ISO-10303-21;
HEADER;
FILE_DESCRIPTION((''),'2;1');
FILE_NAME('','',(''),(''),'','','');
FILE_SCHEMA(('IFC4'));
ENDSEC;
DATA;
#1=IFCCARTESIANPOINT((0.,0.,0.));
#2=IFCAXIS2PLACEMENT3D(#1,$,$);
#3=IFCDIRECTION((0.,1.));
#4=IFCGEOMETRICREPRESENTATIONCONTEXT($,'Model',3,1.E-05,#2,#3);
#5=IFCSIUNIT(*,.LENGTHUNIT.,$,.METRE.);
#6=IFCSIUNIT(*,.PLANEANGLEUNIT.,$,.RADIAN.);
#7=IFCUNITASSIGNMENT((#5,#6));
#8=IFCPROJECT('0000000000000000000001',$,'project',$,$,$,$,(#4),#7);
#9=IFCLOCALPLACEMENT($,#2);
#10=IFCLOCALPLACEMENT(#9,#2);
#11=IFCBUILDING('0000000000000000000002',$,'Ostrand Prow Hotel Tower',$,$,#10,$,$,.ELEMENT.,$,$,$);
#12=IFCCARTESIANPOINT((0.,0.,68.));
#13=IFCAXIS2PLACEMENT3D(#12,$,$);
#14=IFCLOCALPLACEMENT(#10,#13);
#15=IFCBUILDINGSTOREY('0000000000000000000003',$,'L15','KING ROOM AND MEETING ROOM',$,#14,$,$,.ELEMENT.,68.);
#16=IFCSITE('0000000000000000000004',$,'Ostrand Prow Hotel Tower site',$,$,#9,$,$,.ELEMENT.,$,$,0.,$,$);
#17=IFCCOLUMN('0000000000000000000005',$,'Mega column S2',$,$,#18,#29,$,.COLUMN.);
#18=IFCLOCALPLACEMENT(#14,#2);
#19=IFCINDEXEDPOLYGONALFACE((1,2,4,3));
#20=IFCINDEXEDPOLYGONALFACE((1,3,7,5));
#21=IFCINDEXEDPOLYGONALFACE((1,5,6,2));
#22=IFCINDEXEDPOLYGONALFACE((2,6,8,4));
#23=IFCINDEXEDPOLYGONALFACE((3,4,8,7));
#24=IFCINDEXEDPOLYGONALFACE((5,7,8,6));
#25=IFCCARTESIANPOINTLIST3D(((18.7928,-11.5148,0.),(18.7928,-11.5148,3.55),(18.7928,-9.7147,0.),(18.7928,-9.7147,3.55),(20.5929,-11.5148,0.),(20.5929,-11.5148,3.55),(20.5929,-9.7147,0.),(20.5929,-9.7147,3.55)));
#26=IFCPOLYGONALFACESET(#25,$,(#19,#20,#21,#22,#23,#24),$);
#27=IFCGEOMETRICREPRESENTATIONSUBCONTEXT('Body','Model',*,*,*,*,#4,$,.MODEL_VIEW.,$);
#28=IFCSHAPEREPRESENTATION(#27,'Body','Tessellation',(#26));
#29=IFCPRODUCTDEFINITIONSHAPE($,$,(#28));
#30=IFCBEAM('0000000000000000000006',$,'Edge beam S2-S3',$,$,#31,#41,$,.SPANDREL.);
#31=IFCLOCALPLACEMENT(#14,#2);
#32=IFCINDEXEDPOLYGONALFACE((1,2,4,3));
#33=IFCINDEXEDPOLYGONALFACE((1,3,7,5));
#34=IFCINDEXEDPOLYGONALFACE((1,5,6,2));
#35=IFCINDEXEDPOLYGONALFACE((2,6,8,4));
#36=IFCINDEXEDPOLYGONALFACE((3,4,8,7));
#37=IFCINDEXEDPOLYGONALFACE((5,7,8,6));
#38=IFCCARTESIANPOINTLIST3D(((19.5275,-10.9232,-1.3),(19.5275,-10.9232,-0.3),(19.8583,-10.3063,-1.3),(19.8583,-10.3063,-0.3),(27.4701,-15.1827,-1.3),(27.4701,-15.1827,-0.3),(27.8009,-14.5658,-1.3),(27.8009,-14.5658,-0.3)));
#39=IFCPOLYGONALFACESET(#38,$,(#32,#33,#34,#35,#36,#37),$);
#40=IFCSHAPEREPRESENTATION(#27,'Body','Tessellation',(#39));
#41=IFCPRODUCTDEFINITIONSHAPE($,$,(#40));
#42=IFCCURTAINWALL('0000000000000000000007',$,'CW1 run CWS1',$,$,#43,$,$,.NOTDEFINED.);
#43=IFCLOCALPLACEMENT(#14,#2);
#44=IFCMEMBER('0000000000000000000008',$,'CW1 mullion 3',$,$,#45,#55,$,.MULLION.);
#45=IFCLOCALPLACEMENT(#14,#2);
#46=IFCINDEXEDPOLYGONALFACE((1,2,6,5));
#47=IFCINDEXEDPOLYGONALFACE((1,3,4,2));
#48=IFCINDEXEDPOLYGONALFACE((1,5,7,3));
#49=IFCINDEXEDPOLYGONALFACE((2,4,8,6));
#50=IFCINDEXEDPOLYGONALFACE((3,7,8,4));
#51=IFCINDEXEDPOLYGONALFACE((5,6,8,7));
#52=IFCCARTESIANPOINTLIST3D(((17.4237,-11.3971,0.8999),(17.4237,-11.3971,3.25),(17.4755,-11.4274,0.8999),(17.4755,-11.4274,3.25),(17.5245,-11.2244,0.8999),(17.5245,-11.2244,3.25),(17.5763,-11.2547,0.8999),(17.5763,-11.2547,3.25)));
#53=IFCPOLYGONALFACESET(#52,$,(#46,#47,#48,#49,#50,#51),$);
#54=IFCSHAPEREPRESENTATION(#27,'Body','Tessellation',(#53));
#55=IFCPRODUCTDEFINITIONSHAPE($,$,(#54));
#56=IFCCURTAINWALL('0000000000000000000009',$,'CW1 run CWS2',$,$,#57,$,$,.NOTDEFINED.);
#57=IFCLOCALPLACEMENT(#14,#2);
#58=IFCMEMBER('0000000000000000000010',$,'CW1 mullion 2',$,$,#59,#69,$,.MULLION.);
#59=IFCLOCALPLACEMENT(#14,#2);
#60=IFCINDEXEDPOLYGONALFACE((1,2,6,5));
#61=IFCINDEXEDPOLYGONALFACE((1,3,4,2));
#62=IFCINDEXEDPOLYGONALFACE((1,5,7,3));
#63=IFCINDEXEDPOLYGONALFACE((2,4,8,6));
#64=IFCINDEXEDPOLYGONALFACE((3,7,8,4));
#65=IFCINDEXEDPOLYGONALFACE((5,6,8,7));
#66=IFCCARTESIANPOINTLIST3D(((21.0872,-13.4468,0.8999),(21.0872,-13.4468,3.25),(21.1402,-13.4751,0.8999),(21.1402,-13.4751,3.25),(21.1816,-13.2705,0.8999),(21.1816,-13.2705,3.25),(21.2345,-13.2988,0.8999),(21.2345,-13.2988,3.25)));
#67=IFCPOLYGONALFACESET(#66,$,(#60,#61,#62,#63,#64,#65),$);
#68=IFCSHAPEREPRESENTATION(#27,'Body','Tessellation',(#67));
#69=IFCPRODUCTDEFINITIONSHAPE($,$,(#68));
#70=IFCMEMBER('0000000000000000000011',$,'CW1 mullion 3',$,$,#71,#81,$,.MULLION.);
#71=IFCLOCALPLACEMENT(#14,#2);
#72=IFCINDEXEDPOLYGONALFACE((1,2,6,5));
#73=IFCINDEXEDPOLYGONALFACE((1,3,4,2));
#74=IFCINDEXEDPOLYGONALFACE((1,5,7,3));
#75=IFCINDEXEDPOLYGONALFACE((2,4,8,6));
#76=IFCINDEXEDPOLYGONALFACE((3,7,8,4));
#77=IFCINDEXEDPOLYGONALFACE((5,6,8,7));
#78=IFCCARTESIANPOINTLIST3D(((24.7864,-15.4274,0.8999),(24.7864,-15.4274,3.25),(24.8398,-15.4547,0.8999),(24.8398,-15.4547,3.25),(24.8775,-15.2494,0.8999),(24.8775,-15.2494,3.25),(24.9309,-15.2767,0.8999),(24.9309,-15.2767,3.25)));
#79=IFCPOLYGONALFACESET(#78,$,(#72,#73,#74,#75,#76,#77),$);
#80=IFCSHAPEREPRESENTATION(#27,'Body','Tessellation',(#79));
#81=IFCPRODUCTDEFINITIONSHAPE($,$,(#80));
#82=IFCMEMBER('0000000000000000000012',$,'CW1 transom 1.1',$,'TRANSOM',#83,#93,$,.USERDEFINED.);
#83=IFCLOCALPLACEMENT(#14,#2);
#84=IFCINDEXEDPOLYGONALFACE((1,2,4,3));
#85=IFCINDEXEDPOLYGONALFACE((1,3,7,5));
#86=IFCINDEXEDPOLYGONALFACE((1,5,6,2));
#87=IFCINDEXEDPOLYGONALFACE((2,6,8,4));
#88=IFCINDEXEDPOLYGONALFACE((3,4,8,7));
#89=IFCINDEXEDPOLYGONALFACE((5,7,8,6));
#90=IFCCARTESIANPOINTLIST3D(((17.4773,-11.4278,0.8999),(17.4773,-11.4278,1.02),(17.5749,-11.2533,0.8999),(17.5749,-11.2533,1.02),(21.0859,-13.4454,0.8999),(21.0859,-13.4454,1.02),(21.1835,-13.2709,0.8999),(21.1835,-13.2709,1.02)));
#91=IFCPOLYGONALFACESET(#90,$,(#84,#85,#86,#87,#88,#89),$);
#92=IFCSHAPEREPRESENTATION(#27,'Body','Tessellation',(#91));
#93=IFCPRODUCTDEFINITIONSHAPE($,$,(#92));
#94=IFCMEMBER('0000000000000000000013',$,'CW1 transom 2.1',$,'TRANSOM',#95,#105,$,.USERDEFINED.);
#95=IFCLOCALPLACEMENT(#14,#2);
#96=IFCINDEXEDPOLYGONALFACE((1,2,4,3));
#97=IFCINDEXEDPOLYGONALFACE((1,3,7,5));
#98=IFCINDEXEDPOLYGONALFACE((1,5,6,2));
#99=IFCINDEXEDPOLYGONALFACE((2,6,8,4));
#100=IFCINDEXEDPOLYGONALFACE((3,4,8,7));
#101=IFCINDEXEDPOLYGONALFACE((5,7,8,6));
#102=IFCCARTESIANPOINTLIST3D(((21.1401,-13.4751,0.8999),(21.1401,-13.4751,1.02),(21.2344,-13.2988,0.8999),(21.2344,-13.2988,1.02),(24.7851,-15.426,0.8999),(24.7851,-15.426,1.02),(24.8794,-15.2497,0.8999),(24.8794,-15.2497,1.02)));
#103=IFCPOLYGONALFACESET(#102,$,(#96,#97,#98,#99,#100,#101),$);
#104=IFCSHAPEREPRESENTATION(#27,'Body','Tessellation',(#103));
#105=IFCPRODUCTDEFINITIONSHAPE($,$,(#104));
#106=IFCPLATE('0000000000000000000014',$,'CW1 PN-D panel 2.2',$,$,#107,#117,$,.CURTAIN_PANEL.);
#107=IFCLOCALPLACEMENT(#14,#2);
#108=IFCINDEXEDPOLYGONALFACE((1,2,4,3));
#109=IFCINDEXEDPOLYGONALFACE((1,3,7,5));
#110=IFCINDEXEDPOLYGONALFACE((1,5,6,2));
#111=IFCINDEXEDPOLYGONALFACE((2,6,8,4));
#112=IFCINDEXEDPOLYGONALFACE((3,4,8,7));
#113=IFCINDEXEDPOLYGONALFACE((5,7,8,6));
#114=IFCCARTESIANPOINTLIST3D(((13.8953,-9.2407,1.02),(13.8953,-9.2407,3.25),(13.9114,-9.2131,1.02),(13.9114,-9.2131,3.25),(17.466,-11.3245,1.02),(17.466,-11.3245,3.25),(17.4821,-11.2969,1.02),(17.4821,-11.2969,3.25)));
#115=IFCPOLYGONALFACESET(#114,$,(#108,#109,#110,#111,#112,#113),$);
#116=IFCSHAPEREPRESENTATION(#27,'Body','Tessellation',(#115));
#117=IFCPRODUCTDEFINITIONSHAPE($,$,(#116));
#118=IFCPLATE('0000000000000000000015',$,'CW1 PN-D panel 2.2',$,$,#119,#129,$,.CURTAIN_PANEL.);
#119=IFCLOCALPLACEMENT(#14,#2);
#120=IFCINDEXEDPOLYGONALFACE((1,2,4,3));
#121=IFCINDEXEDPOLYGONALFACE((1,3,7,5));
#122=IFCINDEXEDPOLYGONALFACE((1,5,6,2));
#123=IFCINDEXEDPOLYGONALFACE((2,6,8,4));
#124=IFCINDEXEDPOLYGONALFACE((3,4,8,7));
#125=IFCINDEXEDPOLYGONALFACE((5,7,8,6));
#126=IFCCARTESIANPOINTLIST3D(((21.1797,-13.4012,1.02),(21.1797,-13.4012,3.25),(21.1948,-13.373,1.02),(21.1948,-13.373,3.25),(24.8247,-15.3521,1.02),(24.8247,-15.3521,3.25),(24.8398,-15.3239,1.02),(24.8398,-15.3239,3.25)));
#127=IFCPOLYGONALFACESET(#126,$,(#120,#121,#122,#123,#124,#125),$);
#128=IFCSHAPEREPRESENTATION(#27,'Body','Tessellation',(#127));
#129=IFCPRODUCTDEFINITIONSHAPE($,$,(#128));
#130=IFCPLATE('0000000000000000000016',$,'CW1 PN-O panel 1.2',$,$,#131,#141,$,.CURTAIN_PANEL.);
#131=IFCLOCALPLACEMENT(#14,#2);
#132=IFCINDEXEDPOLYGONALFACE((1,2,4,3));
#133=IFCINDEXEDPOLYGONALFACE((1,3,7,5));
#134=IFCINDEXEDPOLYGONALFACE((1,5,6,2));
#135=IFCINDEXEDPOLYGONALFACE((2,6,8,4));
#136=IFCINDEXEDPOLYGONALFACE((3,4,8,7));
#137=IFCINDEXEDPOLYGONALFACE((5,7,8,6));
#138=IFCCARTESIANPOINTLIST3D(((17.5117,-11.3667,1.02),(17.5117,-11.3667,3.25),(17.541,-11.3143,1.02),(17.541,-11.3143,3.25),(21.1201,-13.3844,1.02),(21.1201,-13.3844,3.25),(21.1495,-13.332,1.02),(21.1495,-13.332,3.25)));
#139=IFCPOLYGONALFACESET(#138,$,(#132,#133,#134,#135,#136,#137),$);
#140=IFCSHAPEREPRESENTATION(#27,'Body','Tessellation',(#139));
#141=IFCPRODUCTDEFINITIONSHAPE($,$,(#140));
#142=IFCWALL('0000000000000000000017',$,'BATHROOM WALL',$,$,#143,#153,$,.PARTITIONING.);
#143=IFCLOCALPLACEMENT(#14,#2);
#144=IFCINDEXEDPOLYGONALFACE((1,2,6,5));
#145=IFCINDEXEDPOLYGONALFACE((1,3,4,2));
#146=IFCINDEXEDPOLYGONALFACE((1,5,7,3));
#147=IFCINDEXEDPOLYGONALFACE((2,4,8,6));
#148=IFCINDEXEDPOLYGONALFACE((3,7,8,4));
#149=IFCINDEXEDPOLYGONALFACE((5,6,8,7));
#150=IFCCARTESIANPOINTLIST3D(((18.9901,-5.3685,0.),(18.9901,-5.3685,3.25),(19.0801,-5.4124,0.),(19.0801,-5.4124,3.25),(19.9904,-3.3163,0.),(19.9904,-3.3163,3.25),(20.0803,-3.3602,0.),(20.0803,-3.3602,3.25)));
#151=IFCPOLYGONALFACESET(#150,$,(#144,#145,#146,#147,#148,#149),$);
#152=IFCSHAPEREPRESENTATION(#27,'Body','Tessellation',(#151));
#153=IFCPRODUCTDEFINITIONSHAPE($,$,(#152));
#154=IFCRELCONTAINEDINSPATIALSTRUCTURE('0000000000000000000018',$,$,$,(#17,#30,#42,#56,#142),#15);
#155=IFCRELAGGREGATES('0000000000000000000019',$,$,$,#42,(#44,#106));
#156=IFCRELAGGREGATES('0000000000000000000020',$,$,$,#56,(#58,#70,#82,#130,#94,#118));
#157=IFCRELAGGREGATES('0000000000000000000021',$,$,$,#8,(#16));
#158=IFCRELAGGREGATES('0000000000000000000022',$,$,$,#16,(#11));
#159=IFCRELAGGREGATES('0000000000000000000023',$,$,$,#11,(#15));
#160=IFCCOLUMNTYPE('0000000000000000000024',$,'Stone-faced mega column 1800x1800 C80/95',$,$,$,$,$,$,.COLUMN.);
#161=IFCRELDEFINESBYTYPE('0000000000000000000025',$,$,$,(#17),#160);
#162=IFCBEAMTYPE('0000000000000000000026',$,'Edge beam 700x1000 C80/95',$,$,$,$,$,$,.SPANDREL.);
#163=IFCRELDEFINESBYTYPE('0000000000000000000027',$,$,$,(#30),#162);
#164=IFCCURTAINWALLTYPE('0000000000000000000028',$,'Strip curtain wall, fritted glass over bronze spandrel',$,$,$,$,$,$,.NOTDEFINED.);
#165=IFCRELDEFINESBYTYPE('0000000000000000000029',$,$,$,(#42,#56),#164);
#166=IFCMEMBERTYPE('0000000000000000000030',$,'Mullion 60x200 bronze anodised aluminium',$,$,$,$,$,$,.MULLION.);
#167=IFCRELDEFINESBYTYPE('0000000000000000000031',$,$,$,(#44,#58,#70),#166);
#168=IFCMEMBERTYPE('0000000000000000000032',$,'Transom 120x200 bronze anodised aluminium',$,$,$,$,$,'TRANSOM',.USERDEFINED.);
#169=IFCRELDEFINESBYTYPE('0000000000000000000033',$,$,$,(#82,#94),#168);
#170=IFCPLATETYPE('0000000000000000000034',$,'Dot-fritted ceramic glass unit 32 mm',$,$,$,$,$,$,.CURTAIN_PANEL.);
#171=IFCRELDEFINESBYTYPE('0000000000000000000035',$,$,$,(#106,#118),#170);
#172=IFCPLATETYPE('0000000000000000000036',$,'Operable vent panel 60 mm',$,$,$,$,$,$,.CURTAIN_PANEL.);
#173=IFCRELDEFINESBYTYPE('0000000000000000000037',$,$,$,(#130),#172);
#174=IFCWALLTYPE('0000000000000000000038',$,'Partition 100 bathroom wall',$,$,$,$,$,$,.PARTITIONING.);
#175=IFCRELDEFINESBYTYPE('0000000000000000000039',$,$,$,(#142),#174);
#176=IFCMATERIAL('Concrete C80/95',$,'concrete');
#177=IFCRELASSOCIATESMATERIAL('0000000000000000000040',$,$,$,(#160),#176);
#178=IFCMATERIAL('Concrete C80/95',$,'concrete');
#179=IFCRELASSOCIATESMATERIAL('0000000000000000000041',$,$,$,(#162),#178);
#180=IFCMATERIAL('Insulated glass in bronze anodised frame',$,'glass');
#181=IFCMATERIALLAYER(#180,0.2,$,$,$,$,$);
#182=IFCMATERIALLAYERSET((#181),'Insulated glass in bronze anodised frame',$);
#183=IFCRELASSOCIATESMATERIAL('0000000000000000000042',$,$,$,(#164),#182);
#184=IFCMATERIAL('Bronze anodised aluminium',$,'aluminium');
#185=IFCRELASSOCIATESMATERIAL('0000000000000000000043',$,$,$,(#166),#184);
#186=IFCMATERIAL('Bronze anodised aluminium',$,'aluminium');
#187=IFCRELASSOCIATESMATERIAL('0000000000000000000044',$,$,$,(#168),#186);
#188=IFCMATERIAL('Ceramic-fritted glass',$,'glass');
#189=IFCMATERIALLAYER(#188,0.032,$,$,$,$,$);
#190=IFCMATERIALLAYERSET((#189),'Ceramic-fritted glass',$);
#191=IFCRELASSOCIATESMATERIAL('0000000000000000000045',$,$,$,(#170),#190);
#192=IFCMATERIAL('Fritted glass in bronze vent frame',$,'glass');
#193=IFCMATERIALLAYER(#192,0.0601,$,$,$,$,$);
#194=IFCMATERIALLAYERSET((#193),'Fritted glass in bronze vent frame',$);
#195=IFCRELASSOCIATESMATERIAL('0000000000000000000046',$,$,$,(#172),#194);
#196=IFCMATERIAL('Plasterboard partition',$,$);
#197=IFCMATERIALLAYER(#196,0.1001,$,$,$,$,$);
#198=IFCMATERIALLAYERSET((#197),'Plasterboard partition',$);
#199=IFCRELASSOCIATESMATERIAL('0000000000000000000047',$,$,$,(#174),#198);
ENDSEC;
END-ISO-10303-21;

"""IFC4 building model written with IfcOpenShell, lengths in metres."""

from ifc_helpers import new_model, si_unit, direction, frame, frame_2d, origin, origin_2d, place, context, subcontext, project, spatial, rectangle, extrude, material, layer, layer_set, material_profile, profile_set, type_object, element, aggregate, save


model = new_model("IFC4")

# Units and contexts
model_context = context("Model", 3, precision=1e-05, world=origin(), true_north=direction((0.0, 1.0)))
body_context = subcontext(model_context, "Body", "Model", "MODEL_VIEW")
ifc_project = project(units=[si_unit("LENGTHUNIT", "METRE"), si_unit("PLANEANGLEUNIT", "RADIAN")], contexts=[model_context])

# Site, building, storey
site_placement = place(None, origin())
site = spatial("IfcSite", under=ifc_project, at=site_placement, Name="Ostrand Prow Hotel Tower site", CompositionType="ELEMENT", RefElevation=0.0)
building_placement = place(site_placement, origin())
building = spatial("IfcBuilding", under=site, at=building_placement, Name="Ostrand Prow Hotel Tower", CompositionType="ELEMENT")
storey_placement = place(building_placement, frame((0.0, 0.0, 68.0)))
storey = spatial("IfcBuildingStorey", under=building, at=storey_placement, Name="L15", Description="KING ROOM AND MEETING ROOM", CompositionType="ELEMENT", Elevation=68.0)

# Column
ifc_material_1 = material(Name="Concrete C80/95", Category="concrete")
ifc_material_profile_1 = material_profile(ifc_material_1, rectangle(XDim=1.8, YDim=1.8, at=origin_2d()), Name="RC 1800x1800")
ifc_profile_set_1 = profile_set([ifc_material_profile_1], Name="Concrete C80/95")
column_type = type_object("IfcColumnType", Name="Stone-faced mega column 1800x1800 C80/95", PredefinedType="COLUMN", material=ifc_profile_set_1)
column_placement = place(storey_placement, frame((19.6929, -10.6147, 0.0), z_axis=(0.0, 0.0, 1.0), x_axis=(1.0, 0.0, 0.0)))
element("IfcColumn", 1, at=column_placement, inside=storey, type_object=column_type, Name="Mega column S2", PredefinedType="COLUMN", context=body_context, shape_type="SweptSolid", body=[
    extrude(rectangle(XDim=1.8, YDim=1.8, at=origin_2d()), origin(), (0.0, 0.0, 1.0), 3.55),
])

# Beam
ifc_material_2 = material(Name="Concrete C80/95", Category="concrete")
ifc_material_profile_2 = material_profile(ifc_material_2, rectangle(XDim=0.7, YDim=1.0, at=origin_2d()), Name="RC 700x1000")
ifc_profile_set_2 = profile_set([ifc_material_profile_2], Name="Concrete C80/95")
beam_type = type_object("IfcBeamType", Name="Edge beam 700x1000 C80/95", PredefinedType="SPANDREL", material=ifc_profile_set_2)
beam_placement = place(storey_placement, frame((19.6929, -10.6147, -0.8), z_axis=(0.88127, -0.472613, 0.0), x_axis=(0.472613, 0.88127, 0.0)))
element("IfcBeam", 2, at=beam_placement, inside=storey, type_object=beam_type, Name="Edge beam S2-S3", PredefinedType="SPANDREL", context=body_context, shape_type="SweptSolid", body=[
    extrude(rectangle(XDim=0.7, YDim=1.0, at=origin_2d()), origin(), (0.0, 0.0, 1.0), 9.0127),
])

# Curtain wall, member
ifc_material_3 = material(Name="Insulated glass in bronze anodised frame", Category="glass")
ifc_layer_1 = layer(ifc_material_3, 0.2)
ifc_layer_set_1 = layer_set([ifc_layer_1], Name="Insulated glass in bronze anodised frame")
curtain_wall_type = type_object("IfcCurtainWallType", Name="Strip curtain wall, fritted glass over bronze spandrel", PredefinedType="NOTDEFINED", material=ifc_layer_set_1)
curtain_wall_1_placement = place(storey_placement, origin())
curtain_wall_1 = element("IfcCurtainWall", 3, at=curtain_wall_1_placement, inside=storey, type_object=curtain_wall_type, Name="CW1 run CWS1", PredefinedType="NOTDEFINED")
ifc_material_4 = material(Name="Bronze anodised aluminium", Category="aluminium")
ifc_material_profile_3 = material_profile(ifc_material_4, rectangle(XDim=0.2, YDim=0.0601, at=origin_2d()), Name="Mullion 60x200 bronze anodised aluminium")
ifc_profile_set_3 = profile_set([ifc_material_profile_3], Name="Bronze anodised aluminium")
member_type_1 = type_object("IfcMemberType", Name="Mullion 60x200 bronze anodised aluminium", PredefinedType="MULLION", material=ifc_profile_set_3)
member_1_placement = place(storey_placement, frame((17.5, -11.3259, 0.8999), z_axis=(0.0, 0.0, 1.0), x_axis=(0.504023, 0.86369, 0.0)))
member_1 = element("IfcMember", 4, at=member_1_placement, type_object=member_type_1, Name="CW1 mullion 3", PredefinedType="MULLION", context=body_context, shape_type="SweptSolid", body=[
    extrude(rectangle(XDim=0.2, YDim=0.0601, at=origin_2d()), origin(), (0.0, 0.0, 1.0), 2.3501),
])

# Curtain wall, members
curtain_wall_2_placement = place(storey_placement, origin())
curtain_wall_2 = element("IfcCurtainWall", 5, at=curtain_wall_2_placement, inside=storey, type_object=curtain_wall_type, Name="CW1 run CWS2", PredefinedType="NOTDEFINED")
member_2_placement = place(storey_placement, frame((21.1609, -13.3728, 0.8999), z_axis=(0.0, 0.0, 1.0), x_axis=(0.4719, 0.881652, 0.0)))
member_2 = element("IfcMember", 6, at=member_2_placement, type_object=member_type_1, Name="CW1 mullion 2", PredefinedType="MULLION", context=body_context, shape_type="SweptSolid", body=[
    extrude(rectangle(XDim=0.2, YDim=0.0601, at=origin_2d()), origin(), (0.0, 0.0, 1.0), 2.3501),
])
member_3_placement = place(storey_placement, frame((24.8586, -15.3521, 0.8999), z_axis=(0.0, 0.0, 1.0), x_axis=(0.455596, 0.890187, 0.0)))
member_3 = element("IfcMember", 7, at=member_3_placement, type_object=member_type_1, Name="CW1 mullion 3", PredefinedType="MULLION", context=body_context, shape_type="SweptSolid", body=[
    extrude(rectangle(XDim=0.2, YDim=0.0601, at=origin_2d()), origin(), (0.0, 0.0, 1.0), 2.3501),
])
ifc_material_5 = material(Name="Bronze anodised aluminium", Category="aluminium")
ifc_material_profile_4 = material_profile(ifc_material_5, rectangle(XDim=0.2, YDim=0.1201, at=origin_2d()), Name="Transom 120x200 bronze anodised aluminium")
ifc_profile_set_4 = profile_set([ifc_material_profile_4], Name="Bronze anodised aluminium")
member_type_2 = type_object("IfcMemberType", Name="Transom 120x200 bronze anodised aluminium", ElementType="TRANSOM", PredefinedType="USERDEFINED", material=ifc_profile_set_4)
member_4_placement = place(storey_placement, frame((17.5261, -11.3406, 0.96), z_axis=(0.872842, -0.488003, 0.0), x_axis=(0.488003, 0.872842, 0.0)))
member_4 = element("IfcMember", 8, at=member_4_placement, type_object=member_type_2, Name="CW1 transom 1.1", ObjectType="TRANSOM", PredefinedType="USERDEFINED", context=body_context, shape_type="SweptSolid", body=[
    extrude(rectangle(XDim=0.2, YDim=0.1201, at=origin_2d()), origin(), (0.0, 0.0, 1.0), 4.1343),
])
member_5_placement = place(storey_placement, frame((21.1873, -13.387, 0.96), z_axis=(0.881657, -0.47189, 0.0), x_axis=(0.47189, 0.881657, 0.0)))
member_5 = element("IfcMember", 9, at=member_5_placement, type_object=member_type_2, Name="CW1 transom 2.1", ObjectType="TRANSOM", PredefinedType="USERDEFINED", context=body_context, shape_type="SweptSolid", body=[
    extrude(rectangle(XDim=0.2, YDim=0.1201, at=origin_2d()), origin(), (0.0, 0.0, 1.0), 4.1343),
])

# Plates
ifc_material_6 = material(Name="Ceramic-fritted glass", Category="glass")
ifc_layer_2 = layer(ifc_material_6, 0.032)
ifc_layer_set_2 = layer_set([ifc_layer_2], Name="Ceramic-fritted glass")
plate_type_1 = type_object("IfcPlateType", Name="Dot-fritted ceramic glass unit 32 mm", PredefinedType="CURTAIN_PANEL", material=ifc_layer_set_2)
plate_1_placement = place(storey_placement, frame((15.6887, -10.2688, 1.02), z_axis=(0.0, 0.0, 1.0), x_axis=(0.86369, -0.504023, 0.0)))
plate_1 = element("IfcPlate", 10, at=plate_1_placement, type_object=plate_type_1, Name="CW1 PN-D panel 2.2", PredefinedType="CURTAIN_PANEL", context=body_context, shape_type="SweptSolid", body=[
    extrude(rectangle(XDim=4.1343, YDim=0.032, at=origin_2d()), origin(), (0.0, 0.0, 1.0), 2.23),
])
aggregate(curtain_wall_1, [member_1, plate_1])
plate_2_placement = place(storey_placement, frame((23.0098, -14.3625, 1.02), z_axis=(0.0, 0.0, 1.0), x_axis=(0.881652, -0.4719, 0.0)))
plate_2 = element("IfcPlate", 11, at=plate_2_placement, type_object=plate_type_1, Name="CW1 PN-D panel 2.2", PredefinedType="CURTAIN_PANEL", context=body_context, shape_type="SweptSolid", body=[
    extrude(rectangle(XDim=4.1343, YDim=0.032, at=origin_2d()), origin(), (0.0, 0.0, 1.0), 2.23),
])
ifc_material_7 = material(Name="Fritted glass in bronze vent frame", Category="glass")
ifc_layer_3 = layer(ifc_material_7, 0.0601)
ifc_layer_set_3 = layer_set([ifc_layer_3], Name="Fritted glass in bronze vent frame")
plate_type_2 = type_object("IfcPlateType", Name="Operable vent panel 60 mm", PredefinedType="CURTAIN_PANEL", material=ifc_layer_set_3)
plate_3_placement = place(storey_placement, frame((19.3306, -12.3494, 1.02), z_axis=(0.0, 0.0, 1.0), x_axis=(0.872819, -0.488044, 0.0)))
plate_3 = element("IfcPlate", 12, at=plate_3_placement, type_object=plate_type_2, Name="CW1 PN-O panel 1.2", PredefinedType="CURTAIN_PANEL", context=body_context, shape_type="SweptSolid", body=[
    extrude(rectangle(XDim=4.1343, YDim=0.0601, at=origin_2d()), origin(), (0.0, 0.0, 1.0), 2.23),
])
aggregate(curtain_wall_2, [member_2, member_3, member_4, plate_3, member_5, plate_2])

# Wall
ifc_material_8 = material(Name="Plasterboard partition")
ifc_layer_4 = layer(ifc_material_8, 0.1001)
ifc_layer_set_4 = layer_set([ifc_layer_4], Name="Plasterboard partition")
wall_type_1 = type_object("IfcWallType", Name="Partition 100 bathroom wall", PredefinedType="PARTITIONING", material=ifc_layer_set_4)
wall_1_placement = place(storey_placement, frame((20.0354, -3.3381, 0.0), z_axis=(0.0, 0.0, 1.0), x_axis=(-0.438122, -0.898915, 0.0)))
element("IfcWall", 13, at=wall_1_placement, inside=storey, type_object=wall_type_1, Name="BATHROOM WALL", PredefinedType="PARTITIONING", context=body_context, shape_type="SweptSolid", body=[
    extrude(rectangle(XDim=2.283, YDim=0.1001, at=frame_2d((1.1416, 0.0))), origin(), (0.0, 0.0, 1.0), 3.25),
])

save(model, "model.ifc")
